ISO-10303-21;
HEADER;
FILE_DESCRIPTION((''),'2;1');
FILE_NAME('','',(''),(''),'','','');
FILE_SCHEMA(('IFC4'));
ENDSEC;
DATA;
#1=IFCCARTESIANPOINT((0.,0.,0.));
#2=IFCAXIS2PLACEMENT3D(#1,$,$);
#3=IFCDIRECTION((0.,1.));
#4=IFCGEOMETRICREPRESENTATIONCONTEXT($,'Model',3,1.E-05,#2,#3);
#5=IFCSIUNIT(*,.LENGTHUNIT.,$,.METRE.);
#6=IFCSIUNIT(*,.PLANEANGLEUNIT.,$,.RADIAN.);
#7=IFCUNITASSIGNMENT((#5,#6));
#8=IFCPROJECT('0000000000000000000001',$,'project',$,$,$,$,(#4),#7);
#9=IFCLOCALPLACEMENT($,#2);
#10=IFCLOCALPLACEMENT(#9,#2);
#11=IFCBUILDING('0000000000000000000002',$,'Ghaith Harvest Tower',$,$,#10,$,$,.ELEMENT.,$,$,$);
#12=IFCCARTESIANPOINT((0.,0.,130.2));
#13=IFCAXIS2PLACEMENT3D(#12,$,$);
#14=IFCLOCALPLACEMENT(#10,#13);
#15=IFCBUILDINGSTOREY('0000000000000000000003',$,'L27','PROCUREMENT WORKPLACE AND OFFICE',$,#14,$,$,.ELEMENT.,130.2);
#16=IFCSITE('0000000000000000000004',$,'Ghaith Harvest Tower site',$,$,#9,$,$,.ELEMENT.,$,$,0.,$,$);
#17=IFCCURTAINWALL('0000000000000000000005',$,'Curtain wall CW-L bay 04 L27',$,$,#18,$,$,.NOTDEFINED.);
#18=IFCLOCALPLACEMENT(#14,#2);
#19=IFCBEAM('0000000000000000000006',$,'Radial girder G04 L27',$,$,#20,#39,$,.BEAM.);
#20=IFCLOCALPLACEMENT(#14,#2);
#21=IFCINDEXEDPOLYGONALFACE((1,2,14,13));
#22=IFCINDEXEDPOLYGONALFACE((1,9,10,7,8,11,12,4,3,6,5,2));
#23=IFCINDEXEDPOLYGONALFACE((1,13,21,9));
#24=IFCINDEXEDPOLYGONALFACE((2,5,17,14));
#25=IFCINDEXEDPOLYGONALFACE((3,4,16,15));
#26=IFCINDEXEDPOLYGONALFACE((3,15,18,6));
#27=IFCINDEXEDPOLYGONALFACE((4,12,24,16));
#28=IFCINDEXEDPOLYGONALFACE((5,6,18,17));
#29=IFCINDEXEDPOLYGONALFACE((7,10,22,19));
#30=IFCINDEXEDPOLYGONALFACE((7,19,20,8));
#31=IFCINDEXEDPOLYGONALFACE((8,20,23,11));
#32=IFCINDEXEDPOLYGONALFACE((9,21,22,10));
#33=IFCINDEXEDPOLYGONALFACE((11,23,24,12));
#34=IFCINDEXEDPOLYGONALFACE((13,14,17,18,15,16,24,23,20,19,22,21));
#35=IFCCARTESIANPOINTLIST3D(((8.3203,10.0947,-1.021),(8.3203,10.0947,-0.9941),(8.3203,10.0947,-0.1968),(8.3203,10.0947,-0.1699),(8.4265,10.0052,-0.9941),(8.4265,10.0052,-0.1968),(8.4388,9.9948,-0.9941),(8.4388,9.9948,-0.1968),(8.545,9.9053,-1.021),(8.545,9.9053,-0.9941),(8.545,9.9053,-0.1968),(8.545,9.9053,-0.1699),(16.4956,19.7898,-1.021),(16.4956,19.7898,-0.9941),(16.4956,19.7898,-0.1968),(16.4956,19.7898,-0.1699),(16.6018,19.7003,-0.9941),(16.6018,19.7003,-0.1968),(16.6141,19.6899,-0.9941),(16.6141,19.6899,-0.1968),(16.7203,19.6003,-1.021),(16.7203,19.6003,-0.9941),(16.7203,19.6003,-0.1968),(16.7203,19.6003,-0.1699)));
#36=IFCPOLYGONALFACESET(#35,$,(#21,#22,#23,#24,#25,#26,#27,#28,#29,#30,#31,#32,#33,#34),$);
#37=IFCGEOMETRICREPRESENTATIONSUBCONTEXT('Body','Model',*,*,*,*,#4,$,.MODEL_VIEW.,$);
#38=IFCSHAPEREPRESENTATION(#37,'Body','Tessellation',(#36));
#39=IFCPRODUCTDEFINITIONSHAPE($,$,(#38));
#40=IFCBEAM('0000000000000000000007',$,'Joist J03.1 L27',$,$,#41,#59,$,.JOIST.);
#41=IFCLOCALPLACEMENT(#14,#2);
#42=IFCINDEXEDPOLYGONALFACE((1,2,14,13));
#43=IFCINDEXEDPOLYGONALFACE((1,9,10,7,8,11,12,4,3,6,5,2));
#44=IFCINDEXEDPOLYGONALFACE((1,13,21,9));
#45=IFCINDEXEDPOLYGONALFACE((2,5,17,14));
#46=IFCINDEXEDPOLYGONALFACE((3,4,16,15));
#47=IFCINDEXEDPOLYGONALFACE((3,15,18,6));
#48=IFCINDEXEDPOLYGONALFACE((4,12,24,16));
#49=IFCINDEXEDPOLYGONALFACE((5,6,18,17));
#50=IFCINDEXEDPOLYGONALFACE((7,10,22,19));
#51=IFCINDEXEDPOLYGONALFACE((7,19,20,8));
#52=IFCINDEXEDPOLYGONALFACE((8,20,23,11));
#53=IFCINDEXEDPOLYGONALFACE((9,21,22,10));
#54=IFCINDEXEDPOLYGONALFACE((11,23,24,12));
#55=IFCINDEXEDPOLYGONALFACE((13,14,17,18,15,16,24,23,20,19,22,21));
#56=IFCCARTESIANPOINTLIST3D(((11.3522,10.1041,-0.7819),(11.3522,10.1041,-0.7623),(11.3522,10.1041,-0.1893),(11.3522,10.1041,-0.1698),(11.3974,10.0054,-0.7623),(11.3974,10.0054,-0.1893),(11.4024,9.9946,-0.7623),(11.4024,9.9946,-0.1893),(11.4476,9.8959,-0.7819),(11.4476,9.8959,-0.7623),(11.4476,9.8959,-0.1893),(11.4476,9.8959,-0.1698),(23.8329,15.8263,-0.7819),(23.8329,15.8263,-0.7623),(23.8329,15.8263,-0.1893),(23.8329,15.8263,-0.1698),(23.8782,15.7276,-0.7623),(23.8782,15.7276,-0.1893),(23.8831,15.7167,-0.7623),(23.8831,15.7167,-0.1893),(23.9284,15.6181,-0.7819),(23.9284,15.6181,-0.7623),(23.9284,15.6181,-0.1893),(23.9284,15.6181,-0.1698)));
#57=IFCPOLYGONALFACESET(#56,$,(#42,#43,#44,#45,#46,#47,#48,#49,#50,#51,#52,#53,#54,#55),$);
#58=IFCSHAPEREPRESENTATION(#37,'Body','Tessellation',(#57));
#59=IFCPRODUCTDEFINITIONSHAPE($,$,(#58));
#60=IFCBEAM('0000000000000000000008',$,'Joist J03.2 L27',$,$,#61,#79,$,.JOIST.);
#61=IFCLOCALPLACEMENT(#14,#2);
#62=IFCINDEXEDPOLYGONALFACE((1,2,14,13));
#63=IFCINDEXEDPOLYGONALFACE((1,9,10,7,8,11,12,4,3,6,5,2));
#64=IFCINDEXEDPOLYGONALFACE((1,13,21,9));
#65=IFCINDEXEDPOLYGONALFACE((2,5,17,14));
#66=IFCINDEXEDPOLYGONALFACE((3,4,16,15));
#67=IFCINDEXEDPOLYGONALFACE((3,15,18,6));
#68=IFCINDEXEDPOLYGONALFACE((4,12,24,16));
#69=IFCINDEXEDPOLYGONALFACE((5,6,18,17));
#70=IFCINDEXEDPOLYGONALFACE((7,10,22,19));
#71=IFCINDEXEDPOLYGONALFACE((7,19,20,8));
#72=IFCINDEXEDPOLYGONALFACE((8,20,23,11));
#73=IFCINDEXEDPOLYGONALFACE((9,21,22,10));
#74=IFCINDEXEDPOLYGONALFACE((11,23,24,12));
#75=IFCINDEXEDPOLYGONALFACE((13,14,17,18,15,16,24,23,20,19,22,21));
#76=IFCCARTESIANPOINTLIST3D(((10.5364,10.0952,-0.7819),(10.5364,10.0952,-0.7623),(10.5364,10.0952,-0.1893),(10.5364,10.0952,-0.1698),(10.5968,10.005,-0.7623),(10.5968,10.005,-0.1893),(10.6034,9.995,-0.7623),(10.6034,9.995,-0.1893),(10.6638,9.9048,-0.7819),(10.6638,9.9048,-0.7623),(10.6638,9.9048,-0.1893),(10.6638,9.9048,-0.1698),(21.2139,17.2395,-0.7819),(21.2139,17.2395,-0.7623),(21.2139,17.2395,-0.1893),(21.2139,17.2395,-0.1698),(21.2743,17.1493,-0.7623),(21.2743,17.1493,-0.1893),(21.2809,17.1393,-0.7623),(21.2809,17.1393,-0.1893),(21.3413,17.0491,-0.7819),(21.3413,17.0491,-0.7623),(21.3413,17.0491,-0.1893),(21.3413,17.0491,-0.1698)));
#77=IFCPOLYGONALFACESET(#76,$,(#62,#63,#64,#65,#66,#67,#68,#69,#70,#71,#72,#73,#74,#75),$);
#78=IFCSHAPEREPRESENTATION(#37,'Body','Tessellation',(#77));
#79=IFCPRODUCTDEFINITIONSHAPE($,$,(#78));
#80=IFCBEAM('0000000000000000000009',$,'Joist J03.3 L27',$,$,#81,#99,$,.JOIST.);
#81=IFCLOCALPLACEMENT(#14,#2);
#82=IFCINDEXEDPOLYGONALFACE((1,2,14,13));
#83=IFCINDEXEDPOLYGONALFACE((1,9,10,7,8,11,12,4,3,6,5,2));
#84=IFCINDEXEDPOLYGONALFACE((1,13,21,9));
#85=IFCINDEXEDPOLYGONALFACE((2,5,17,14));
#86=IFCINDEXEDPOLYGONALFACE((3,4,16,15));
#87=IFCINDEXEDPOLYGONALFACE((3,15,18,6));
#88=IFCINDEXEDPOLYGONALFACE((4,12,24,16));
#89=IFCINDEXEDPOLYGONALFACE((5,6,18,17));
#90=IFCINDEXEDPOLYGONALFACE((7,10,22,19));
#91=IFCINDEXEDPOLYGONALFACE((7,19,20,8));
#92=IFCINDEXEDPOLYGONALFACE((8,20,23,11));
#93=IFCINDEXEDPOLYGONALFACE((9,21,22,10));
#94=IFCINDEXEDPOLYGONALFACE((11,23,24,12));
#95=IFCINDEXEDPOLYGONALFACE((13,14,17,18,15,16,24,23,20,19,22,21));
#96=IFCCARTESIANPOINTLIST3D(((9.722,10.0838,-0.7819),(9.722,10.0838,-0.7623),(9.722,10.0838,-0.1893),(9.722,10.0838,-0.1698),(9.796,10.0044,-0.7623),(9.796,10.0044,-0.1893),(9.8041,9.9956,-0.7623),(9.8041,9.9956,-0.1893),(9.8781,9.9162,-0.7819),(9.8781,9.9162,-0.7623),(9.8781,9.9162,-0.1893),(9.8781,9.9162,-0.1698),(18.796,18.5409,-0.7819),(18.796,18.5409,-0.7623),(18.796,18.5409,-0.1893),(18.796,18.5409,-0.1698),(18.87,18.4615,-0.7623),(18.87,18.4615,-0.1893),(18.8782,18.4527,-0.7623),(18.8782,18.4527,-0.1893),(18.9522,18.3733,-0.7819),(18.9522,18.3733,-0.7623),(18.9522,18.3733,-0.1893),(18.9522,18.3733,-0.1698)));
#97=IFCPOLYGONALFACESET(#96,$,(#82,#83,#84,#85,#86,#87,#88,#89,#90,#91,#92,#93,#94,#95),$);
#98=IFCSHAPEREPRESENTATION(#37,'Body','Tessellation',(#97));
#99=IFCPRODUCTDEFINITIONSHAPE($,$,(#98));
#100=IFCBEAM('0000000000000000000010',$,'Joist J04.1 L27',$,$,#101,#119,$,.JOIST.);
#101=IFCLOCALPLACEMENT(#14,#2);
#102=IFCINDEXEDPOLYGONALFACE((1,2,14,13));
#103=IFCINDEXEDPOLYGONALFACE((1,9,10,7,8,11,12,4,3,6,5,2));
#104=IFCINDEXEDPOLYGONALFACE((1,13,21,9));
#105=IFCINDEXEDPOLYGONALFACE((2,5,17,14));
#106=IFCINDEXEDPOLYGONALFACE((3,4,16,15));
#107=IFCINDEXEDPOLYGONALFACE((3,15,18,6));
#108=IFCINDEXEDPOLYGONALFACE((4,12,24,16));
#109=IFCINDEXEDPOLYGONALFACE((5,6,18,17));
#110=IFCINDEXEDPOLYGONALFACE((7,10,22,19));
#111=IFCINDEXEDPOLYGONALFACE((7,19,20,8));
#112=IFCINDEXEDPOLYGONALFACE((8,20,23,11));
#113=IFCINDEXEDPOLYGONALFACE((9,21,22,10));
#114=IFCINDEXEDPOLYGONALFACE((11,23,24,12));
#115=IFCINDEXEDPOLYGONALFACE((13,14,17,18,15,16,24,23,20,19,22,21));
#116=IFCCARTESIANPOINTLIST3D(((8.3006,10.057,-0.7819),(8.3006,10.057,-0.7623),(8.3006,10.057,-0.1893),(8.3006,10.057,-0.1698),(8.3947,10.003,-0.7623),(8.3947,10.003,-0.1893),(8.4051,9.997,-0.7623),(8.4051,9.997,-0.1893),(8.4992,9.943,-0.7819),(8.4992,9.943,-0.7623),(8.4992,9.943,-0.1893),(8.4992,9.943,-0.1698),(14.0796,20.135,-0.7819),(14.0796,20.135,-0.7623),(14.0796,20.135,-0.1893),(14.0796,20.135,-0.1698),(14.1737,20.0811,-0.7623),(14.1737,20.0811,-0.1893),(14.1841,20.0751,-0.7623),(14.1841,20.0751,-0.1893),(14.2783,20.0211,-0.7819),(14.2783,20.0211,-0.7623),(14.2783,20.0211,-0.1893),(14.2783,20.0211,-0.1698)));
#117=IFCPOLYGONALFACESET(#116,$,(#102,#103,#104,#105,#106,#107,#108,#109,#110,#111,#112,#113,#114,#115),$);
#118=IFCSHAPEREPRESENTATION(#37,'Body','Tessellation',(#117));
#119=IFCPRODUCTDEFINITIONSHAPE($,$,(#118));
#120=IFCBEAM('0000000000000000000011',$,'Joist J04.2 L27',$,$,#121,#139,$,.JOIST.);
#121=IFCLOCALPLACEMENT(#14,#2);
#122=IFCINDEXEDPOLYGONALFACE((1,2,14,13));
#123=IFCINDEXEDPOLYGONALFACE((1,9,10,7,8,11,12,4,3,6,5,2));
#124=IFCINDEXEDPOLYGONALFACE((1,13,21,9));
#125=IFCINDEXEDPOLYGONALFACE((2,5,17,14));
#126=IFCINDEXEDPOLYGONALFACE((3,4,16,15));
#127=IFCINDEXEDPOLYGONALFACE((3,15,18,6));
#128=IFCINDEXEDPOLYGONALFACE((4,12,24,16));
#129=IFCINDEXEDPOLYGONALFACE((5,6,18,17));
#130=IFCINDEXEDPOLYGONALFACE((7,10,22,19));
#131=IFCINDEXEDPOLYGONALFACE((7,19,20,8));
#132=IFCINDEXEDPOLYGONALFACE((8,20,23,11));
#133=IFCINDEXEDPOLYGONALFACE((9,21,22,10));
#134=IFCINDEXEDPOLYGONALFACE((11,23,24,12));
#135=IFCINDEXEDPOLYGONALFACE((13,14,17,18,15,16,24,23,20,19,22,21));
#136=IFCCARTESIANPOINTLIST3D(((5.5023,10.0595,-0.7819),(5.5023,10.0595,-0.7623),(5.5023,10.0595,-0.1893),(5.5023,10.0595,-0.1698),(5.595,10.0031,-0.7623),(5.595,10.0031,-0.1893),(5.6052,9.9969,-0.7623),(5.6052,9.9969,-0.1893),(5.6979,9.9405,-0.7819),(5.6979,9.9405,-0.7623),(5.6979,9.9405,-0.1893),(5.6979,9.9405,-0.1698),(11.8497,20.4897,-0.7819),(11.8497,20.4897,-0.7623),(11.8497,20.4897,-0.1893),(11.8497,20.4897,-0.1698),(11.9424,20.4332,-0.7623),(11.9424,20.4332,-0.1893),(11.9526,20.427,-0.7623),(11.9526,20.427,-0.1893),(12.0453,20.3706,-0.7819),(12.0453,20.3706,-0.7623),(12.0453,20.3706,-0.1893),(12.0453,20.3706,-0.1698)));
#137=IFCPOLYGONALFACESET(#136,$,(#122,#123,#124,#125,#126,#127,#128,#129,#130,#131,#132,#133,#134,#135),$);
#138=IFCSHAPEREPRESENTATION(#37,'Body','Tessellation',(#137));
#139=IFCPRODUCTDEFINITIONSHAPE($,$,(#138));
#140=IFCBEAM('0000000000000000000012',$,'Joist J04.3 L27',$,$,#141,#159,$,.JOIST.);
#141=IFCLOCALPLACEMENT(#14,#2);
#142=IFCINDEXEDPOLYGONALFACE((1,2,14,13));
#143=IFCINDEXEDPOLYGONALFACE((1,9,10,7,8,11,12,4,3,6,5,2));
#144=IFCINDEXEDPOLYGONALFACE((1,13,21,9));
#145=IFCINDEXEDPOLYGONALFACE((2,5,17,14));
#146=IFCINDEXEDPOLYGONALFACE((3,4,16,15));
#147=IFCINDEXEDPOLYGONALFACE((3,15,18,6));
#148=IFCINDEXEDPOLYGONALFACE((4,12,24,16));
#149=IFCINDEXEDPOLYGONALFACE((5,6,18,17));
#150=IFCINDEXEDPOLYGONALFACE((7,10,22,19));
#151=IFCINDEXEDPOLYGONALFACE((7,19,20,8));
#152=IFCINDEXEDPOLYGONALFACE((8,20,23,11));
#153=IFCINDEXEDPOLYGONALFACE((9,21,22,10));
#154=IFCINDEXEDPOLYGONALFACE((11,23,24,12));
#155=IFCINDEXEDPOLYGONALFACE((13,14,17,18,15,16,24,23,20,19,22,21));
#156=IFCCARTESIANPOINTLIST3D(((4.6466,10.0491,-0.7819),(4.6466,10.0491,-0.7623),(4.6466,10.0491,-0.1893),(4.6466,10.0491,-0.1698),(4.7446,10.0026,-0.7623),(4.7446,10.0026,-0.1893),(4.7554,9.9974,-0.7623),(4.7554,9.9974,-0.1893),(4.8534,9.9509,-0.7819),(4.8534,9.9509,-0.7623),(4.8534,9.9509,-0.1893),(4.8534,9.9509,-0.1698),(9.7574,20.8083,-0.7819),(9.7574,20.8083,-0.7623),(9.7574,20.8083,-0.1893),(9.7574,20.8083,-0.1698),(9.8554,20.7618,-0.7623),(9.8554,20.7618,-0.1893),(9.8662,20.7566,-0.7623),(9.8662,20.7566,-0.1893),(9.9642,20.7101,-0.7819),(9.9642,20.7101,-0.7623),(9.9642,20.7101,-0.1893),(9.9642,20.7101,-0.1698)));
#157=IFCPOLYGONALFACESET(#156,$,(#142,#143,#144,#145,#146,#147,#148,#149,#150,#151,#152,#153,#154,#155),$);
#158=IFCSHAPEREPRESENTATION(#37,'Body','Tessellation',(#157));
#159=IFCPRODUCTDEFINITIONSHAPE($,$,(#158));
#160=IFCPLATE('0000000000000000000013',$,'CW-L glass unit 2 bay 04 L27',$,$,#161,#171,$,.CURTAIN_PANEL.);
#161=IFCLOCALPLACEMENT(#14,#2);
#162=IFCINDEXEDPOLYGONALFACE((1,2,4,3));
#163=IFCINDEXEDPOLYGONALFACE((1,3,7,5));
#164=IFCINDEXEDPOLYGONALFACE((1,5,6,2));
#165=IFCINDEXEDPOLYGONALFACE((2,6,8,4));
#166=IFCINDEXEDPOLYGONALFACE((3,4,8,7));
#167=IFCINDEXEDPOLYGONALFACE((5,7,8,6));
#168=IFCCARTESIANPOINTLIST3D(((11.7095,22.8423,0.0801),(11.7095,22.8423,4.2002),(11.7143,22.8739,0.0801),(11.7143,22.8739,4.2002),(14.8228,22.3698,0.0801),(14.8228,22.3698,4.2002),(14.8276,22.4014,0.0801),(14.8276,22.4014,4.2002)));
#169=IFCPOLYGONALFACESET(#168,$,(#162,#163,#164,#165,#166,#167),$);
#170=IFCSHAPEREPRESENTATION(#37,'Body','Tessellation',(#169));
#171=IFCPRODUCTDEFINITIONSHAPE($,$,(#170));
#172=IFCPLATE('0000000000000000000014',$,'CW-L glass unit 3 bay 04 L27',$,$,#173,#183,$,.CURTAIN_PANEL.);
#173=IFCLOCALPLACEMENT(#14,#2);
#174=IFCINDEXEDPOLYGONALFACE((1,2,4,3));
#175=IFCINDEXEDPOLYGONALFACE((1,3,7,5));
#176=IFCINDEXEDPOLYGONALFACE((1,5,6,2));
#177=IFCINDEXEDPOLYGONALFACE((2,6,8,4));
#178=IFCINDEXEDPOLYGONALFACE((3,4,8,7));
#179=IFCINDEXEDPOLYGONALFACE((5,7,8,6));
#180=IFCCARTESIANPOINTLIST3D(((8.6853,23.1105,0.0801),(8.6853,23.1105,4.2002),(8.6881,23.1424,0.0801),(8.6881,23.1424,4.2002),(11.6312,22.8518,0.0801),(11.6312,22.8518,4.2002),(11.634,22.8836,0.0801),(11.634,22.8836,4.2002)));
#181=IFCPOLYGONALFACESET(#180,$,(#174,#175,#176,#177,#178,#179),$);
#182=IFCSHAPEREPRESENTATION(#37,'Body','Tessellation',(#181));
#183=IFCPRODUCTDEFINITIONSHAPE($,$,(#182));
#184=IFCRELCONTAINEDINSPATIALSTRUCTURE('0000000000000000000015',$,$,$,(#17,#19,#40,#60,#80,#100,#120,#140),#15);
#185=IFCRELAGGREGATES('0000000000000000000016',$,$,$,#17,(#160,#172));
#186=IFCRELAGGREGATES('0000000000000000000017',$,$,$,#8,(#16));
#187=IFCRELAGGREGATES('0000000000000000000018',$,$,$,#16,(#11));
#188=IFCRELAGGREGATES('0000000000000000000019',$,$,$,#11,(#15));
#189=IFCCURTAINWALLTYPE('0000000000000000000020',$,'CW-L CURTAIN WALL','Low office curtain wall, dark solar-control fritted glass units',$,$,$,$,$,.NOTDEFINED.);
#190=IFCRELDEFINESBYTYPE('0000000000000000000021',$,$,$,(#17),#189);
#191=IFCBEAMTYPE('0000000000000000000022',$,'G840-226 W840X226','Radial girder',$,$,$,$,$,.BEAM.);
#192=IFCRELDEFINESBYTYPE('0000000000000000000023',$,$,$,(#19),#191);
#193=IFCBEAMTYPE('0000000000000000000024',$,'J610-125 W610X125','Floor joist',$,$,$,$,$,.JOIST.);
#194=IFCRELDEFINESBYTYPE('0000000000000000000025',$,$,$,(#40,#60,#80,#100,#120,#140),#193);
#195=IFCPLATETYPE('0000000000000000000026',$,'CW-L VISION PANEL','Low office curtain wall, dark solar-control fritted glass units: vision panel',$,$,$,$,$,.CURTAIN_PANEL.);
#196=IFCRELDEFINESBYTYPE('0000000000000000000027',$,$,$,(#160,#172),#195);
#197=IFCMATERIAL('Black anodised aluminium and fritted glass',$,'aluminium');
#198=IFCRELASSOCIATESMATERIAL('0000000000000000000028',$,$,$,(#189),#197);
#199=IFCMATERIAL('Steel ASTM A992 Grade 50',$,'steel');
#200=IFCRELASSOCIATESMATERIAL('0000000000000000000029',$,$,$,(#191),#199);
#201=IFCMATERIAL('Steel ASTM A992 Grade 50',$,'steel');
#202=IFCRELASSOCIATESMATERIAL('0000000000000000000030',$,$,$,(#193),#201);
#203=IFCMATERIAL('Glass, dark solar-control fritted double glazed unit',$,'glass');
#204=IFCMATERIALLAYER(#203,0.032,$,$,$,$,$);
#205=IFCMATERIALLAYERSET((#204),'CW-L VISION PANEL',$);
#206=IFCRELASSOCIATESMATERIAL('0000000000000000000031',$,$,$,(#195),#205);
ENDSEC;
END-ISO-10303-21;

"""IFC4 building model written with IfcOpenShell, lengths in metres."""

from ifc_helpers import new_model, si_unit, direction, frame, origin, origin_2d, place, context, subcontext, project, spatial, rectangle, i_section, extrude, material, layer, layer_set, material_profile, profile_set, type_object, element, aggregate, save


model = new_model("IFC4")

# Units and contexts
model_context = context("Model", 3, precision=1e-05, world=origin(), true_north=direction((0.0, 1.0)))
body_context = subcontext(model_context, "Body", "Model", "MODEL_VIEW")
ifc_project = project(units=[si_unit("LENGTHUNIT", "METRE"), si_unit("PLANEANGLEUNIT", "RADIAN")], contexts=[model_context])

# Site, building, storey
site_placement = place(None, origin())
site = spatial("IfcSite", under=ifc_project, at=site_placement, Name="Ghaith Harvest Tower site", CompositionType="ELEMENT", RefElevation=0.0)
building_placement = place(site_placement, origin())
building = spatial("IfcBuilding", under=site, at=building_placement, Name="Ghaith Harvest Tower", CompositionType="ELEMENT")
storey_placement = place(building_placement, frame((0.0, 0.0, 130.2)))
storey = spatial("IfcBuildingStorey", under=building, at=storey_placement, Name="L27", Description="PROCUREMENT WORKPLACE AND OFFICE", CompositionType="ELEMENT", Elevation=130.2)

# Curtain wall
ifc_material_1 = material(Name="Black anodised aluminium and fritted glass", Category="aluminium")
curtain_wall_type = type_object("IfcCurtainWallType", Name="CW-L CURTAIN WALL", Description="Low office curtain wall, dark solar-control fritted glass units", PredefinedType="NOTDEFINED", material=ifc_material_1)
curtain_wall_1_placement = place(storey_placement, origin())
curtain_wall_1 = element("IfcCurtainWall", 1, at=curtain_wall_1_placement, inside=storey, type_object=curtain_wall_type, Name="Curtain wall CW-L bay 04 L27", PredefinedType="NOTDEFINED")

# Beams
ifc_material_2 = material(Name="Steel ASTM A992 Grade 50", Category="steel")
ifc_material_profile_1 = material_profile(ifc_material_2, i_section(OverallWidth=0.2939, OverallDepth=0.8511, WebThickness=0.0161, FlangeThickness=0.0269, at=origin_2d()), Name="W840X226")
ifc_profile_set_1 = profile_set([ifc_material_profile_1], Name="Steel ASTM A992 Grade 50")
beam_type_1 = type_object("IfcBeamType", Name="G840-226 W840X226", Description="Radial girder", PredefinedType="BEAM", material=ifc_profile_set_1)
beam_1_placement = place(storey_placement, frame((8.4326, 10.0, -0.5955), z_axis=(0.644644, 0.764483, 0.0), x_axis=(-0.764483, 0.644644, 0.0)))
element("IfcBeam", 2, at=beam_1_placement, inside=storey, type_object=beam_type_1, Name="Radial girder G04 L27", PredefinedType="BEAM", context=body_context, shape_type="SweptSolid", body=[
    extrude(i_section(OverallWidth=0.2939, OverallDepth=0.8511, WebThickness=0.0161, FlangeThickness=0.0269, at=origin_2d()), origin(), (0.0, 0.0, 1.0), 12.6819),
])
ifc_material_3 = material(Name="Steel ASTM A992 Grade 50", Category="steel")
ifc_material_profile_2 = material_profile(ifc_material_3, i_section(OverallWidth=0.229, OverallDepth=0.6121, WebThickness=0.012, FlangeThickness=0.0195, at=origin_2d()), Name="W610X125")
ifc_profile_set_2 = profile_set([ifc_material_profile_2], Name="Steel ASTM A992 Grade 50")
beam_type_2 = type_object("IfcBeamType", Name="J610-125 W610X125", Description="Floor joist", PredefinedType="JOIST", material=ifc_profile_set_2)
beam_2_placement = place(storey_placement, frame((11.3999, 10.0, -0.4758), z_axis=(0.909014, 0.416766, 0.0), x_axis=(-0.416766, 0.909014, 0.0)))
element("IfcBeam", 3, at=beam_2_placement, inside=storey, type_object=beam_type_2, Name="Joist J03.1 L27", PredefinedType="JOIST", context=body_context, shape_type="SweptSolid", body=[
    extrude(i_section(OverallWidth=0.229, OverallDepth=0.6121, WebThickness=0.012, FlangeThickness=0.0195, at=origin_2d()), origin(), (0.0, 0.0, 1.0), 13.73),
])
beam_3_placement = place(storey_placement, frame((10.6001, 10.0, -0.4758), z_axis=(0.831116, 0.556098, 0.0), x_axis=(-0.556098, 0.831116, 0.0)))
element("IfcBeam", 4, at=beam_3_placement, inside=storey, type_object=beam_type_2, Name="Joist J03.2 L27", PredefinedType="JOIST", context=body_context, shape_type="SweptSolid", body=[
    extrude(i_section(OverallWidth=0.229, OverallDepth=0.6121, WebThickness=0.012, FlangeThickness=0.0195, at=origin_2d()), origin(), (0.0, 0.0, 1.0), 12.8472),
])
beam_4_placement = place(storey_placement, frame((9.8, 10.0, -0.4758), z_axis=(0.731538, 0.681801, 0.0), x_axis=(-0.681801, 0.731538, 0.0)))
element("IfcBeam", 5, at=beam_4_placement, inside=storey, type_object=beam_type_2, Name="Joist J03.3 L27", PredefinedType="JOIST", context=body_context, shape_type="SweptSolid", body=[
    extrude(i_section(OverallWidth=0.229, OverallDepth=0.6121, WebThickness=0.012, FlangeThickness=0.0195, at=origin_2d()), origin(), (0.0, 0.0, 1.0), 12.4041),
])
beam_5_placement = place(storey_placement, frame((8.3999, 10.0, -0.4758), z_axis=(0.497444, 0.867496, 0.0), x_axis=(-0.867496, 0.497444, 0.0)))
element("IfcBeam", 6, at=beam_5_placement, inside=storey, type_object=beam_type_2, Name="Joist J04.1 L27", PredefinedType="JOIST", context=body_context, shape_type="SweptSolid", body=[
    extrude(i_section(OverallWidth=0.229, OverallDepth=0.6121, WebThickness=0.012, FlangeThickness=0.0195, at=origin_2d()), origin(), (0.0, 0.0, 1.0), 11.6174),
])
beam_6_placement = place(storey_placement, frame((5.6001, 10.0, -0.4758), z_axis=(0.519864, 0.854249, 0.0), x_axis=(-0.854249, 0.519864, 0.0)))
element("IfcBeam", 7, at=beam_6_placement, inside=storey, type_object=beam_type_2, Name="Joist J04.2 L27", PredefinedType="JOIST", context=body_context, shape_type="SweptSolid", body=[
    extrude(i_section(OverallWidth=0.229, OverallDepth=0.6121, WebThickness=0.012, FlangeThickness=0.0195, at=origin_2d()), origin(), (0.0, 0.0, 1.0), 12.2097),
])
beam_7_placement = place(storey_placement, frame((4.75, 10.0, -0.4758), z_axis=(0.429069, 0.903272, 0.0), x_axis=(-0.903272, 0.429069, 0.0)))
element("IfcBeam", 8, at=beam_7_placement, inside=storey, type_object=beam_type_2, Name="Joist J04.3 L27", PredefinedType="JOIST", context=body_context, shape_type="SweptSolid", body=[
    extrude(i_section(OverallWidth=0.229, OverallDepth=0.6121, WebThickness=0.012, FlangeThickness=0.0195, at=origin_2d()), origin(), (0.0, 0.0, 1.0), 11.9114),
])

# Plates
ifc_material_4 = material(Name="Glass, dark solar-control fritted double glazed unit", Category="glass")
ifc_layer_1 = layer(ifc_material_4, 0.032)
ifc_layer_set_1 = layer_set([ifc_layer_1], Name="CW-L VISION PANEL")
plate_type = type_object("IfcPlateType", Name="CW-L VISION PANEL", Description="Low office curtain wall, dark solar-control fritted glass units: vision panel", PredefinedType="CURTAIN_PANEL", material=ifc_layer_set_1)
plate_1_placement = place(storey_placement, frame((13.2686, 22.6218, 0.0801), z_axis=(0.0, 0.0, 1.0), x_axis=(-0.988679, 0.150048, 0.0)))
plate_1 = element("IfcPlate", 9, at=plate_1_placement, type_object=plate_type, Name="CW-L glass unit 2 bay 04 L27", PredefinedType="CURTAIN_PANEL", context=body_context, shape_type="SweptSolid", body=[
    extrude(rectangle(XDim=3.1489, YDim=0.032, at=origin_2d()), origin(), (0.0, 0.0, 1.0), 4.1201),
])
plate_2_placement = place(storey_placement, frame((10.1597, 22.9971, 0.0801), z_axis=(0.0, 0.0, 1.0), x_axis=(-0.996166, 0.087481, 0.0)))
plate_2 = element("IfcPlate", 10, at=plate_2_placement, type_object=plate_type, Name="CW-L glass unit 3 bay 04 L27", PredefinedType="CURTAIN_PANEL", context=body_context, shape_type="SweptSolid", body=[
    extrude(rectangle(XDim=2.9573, YDim=0.032, at=origin_2d()), origin(), (0.0, 0.0, 1.0), 4.1201),
])
aggregate(curtain_wall_1, [plate_1, plate_2])

save(model, "model.ifc")
